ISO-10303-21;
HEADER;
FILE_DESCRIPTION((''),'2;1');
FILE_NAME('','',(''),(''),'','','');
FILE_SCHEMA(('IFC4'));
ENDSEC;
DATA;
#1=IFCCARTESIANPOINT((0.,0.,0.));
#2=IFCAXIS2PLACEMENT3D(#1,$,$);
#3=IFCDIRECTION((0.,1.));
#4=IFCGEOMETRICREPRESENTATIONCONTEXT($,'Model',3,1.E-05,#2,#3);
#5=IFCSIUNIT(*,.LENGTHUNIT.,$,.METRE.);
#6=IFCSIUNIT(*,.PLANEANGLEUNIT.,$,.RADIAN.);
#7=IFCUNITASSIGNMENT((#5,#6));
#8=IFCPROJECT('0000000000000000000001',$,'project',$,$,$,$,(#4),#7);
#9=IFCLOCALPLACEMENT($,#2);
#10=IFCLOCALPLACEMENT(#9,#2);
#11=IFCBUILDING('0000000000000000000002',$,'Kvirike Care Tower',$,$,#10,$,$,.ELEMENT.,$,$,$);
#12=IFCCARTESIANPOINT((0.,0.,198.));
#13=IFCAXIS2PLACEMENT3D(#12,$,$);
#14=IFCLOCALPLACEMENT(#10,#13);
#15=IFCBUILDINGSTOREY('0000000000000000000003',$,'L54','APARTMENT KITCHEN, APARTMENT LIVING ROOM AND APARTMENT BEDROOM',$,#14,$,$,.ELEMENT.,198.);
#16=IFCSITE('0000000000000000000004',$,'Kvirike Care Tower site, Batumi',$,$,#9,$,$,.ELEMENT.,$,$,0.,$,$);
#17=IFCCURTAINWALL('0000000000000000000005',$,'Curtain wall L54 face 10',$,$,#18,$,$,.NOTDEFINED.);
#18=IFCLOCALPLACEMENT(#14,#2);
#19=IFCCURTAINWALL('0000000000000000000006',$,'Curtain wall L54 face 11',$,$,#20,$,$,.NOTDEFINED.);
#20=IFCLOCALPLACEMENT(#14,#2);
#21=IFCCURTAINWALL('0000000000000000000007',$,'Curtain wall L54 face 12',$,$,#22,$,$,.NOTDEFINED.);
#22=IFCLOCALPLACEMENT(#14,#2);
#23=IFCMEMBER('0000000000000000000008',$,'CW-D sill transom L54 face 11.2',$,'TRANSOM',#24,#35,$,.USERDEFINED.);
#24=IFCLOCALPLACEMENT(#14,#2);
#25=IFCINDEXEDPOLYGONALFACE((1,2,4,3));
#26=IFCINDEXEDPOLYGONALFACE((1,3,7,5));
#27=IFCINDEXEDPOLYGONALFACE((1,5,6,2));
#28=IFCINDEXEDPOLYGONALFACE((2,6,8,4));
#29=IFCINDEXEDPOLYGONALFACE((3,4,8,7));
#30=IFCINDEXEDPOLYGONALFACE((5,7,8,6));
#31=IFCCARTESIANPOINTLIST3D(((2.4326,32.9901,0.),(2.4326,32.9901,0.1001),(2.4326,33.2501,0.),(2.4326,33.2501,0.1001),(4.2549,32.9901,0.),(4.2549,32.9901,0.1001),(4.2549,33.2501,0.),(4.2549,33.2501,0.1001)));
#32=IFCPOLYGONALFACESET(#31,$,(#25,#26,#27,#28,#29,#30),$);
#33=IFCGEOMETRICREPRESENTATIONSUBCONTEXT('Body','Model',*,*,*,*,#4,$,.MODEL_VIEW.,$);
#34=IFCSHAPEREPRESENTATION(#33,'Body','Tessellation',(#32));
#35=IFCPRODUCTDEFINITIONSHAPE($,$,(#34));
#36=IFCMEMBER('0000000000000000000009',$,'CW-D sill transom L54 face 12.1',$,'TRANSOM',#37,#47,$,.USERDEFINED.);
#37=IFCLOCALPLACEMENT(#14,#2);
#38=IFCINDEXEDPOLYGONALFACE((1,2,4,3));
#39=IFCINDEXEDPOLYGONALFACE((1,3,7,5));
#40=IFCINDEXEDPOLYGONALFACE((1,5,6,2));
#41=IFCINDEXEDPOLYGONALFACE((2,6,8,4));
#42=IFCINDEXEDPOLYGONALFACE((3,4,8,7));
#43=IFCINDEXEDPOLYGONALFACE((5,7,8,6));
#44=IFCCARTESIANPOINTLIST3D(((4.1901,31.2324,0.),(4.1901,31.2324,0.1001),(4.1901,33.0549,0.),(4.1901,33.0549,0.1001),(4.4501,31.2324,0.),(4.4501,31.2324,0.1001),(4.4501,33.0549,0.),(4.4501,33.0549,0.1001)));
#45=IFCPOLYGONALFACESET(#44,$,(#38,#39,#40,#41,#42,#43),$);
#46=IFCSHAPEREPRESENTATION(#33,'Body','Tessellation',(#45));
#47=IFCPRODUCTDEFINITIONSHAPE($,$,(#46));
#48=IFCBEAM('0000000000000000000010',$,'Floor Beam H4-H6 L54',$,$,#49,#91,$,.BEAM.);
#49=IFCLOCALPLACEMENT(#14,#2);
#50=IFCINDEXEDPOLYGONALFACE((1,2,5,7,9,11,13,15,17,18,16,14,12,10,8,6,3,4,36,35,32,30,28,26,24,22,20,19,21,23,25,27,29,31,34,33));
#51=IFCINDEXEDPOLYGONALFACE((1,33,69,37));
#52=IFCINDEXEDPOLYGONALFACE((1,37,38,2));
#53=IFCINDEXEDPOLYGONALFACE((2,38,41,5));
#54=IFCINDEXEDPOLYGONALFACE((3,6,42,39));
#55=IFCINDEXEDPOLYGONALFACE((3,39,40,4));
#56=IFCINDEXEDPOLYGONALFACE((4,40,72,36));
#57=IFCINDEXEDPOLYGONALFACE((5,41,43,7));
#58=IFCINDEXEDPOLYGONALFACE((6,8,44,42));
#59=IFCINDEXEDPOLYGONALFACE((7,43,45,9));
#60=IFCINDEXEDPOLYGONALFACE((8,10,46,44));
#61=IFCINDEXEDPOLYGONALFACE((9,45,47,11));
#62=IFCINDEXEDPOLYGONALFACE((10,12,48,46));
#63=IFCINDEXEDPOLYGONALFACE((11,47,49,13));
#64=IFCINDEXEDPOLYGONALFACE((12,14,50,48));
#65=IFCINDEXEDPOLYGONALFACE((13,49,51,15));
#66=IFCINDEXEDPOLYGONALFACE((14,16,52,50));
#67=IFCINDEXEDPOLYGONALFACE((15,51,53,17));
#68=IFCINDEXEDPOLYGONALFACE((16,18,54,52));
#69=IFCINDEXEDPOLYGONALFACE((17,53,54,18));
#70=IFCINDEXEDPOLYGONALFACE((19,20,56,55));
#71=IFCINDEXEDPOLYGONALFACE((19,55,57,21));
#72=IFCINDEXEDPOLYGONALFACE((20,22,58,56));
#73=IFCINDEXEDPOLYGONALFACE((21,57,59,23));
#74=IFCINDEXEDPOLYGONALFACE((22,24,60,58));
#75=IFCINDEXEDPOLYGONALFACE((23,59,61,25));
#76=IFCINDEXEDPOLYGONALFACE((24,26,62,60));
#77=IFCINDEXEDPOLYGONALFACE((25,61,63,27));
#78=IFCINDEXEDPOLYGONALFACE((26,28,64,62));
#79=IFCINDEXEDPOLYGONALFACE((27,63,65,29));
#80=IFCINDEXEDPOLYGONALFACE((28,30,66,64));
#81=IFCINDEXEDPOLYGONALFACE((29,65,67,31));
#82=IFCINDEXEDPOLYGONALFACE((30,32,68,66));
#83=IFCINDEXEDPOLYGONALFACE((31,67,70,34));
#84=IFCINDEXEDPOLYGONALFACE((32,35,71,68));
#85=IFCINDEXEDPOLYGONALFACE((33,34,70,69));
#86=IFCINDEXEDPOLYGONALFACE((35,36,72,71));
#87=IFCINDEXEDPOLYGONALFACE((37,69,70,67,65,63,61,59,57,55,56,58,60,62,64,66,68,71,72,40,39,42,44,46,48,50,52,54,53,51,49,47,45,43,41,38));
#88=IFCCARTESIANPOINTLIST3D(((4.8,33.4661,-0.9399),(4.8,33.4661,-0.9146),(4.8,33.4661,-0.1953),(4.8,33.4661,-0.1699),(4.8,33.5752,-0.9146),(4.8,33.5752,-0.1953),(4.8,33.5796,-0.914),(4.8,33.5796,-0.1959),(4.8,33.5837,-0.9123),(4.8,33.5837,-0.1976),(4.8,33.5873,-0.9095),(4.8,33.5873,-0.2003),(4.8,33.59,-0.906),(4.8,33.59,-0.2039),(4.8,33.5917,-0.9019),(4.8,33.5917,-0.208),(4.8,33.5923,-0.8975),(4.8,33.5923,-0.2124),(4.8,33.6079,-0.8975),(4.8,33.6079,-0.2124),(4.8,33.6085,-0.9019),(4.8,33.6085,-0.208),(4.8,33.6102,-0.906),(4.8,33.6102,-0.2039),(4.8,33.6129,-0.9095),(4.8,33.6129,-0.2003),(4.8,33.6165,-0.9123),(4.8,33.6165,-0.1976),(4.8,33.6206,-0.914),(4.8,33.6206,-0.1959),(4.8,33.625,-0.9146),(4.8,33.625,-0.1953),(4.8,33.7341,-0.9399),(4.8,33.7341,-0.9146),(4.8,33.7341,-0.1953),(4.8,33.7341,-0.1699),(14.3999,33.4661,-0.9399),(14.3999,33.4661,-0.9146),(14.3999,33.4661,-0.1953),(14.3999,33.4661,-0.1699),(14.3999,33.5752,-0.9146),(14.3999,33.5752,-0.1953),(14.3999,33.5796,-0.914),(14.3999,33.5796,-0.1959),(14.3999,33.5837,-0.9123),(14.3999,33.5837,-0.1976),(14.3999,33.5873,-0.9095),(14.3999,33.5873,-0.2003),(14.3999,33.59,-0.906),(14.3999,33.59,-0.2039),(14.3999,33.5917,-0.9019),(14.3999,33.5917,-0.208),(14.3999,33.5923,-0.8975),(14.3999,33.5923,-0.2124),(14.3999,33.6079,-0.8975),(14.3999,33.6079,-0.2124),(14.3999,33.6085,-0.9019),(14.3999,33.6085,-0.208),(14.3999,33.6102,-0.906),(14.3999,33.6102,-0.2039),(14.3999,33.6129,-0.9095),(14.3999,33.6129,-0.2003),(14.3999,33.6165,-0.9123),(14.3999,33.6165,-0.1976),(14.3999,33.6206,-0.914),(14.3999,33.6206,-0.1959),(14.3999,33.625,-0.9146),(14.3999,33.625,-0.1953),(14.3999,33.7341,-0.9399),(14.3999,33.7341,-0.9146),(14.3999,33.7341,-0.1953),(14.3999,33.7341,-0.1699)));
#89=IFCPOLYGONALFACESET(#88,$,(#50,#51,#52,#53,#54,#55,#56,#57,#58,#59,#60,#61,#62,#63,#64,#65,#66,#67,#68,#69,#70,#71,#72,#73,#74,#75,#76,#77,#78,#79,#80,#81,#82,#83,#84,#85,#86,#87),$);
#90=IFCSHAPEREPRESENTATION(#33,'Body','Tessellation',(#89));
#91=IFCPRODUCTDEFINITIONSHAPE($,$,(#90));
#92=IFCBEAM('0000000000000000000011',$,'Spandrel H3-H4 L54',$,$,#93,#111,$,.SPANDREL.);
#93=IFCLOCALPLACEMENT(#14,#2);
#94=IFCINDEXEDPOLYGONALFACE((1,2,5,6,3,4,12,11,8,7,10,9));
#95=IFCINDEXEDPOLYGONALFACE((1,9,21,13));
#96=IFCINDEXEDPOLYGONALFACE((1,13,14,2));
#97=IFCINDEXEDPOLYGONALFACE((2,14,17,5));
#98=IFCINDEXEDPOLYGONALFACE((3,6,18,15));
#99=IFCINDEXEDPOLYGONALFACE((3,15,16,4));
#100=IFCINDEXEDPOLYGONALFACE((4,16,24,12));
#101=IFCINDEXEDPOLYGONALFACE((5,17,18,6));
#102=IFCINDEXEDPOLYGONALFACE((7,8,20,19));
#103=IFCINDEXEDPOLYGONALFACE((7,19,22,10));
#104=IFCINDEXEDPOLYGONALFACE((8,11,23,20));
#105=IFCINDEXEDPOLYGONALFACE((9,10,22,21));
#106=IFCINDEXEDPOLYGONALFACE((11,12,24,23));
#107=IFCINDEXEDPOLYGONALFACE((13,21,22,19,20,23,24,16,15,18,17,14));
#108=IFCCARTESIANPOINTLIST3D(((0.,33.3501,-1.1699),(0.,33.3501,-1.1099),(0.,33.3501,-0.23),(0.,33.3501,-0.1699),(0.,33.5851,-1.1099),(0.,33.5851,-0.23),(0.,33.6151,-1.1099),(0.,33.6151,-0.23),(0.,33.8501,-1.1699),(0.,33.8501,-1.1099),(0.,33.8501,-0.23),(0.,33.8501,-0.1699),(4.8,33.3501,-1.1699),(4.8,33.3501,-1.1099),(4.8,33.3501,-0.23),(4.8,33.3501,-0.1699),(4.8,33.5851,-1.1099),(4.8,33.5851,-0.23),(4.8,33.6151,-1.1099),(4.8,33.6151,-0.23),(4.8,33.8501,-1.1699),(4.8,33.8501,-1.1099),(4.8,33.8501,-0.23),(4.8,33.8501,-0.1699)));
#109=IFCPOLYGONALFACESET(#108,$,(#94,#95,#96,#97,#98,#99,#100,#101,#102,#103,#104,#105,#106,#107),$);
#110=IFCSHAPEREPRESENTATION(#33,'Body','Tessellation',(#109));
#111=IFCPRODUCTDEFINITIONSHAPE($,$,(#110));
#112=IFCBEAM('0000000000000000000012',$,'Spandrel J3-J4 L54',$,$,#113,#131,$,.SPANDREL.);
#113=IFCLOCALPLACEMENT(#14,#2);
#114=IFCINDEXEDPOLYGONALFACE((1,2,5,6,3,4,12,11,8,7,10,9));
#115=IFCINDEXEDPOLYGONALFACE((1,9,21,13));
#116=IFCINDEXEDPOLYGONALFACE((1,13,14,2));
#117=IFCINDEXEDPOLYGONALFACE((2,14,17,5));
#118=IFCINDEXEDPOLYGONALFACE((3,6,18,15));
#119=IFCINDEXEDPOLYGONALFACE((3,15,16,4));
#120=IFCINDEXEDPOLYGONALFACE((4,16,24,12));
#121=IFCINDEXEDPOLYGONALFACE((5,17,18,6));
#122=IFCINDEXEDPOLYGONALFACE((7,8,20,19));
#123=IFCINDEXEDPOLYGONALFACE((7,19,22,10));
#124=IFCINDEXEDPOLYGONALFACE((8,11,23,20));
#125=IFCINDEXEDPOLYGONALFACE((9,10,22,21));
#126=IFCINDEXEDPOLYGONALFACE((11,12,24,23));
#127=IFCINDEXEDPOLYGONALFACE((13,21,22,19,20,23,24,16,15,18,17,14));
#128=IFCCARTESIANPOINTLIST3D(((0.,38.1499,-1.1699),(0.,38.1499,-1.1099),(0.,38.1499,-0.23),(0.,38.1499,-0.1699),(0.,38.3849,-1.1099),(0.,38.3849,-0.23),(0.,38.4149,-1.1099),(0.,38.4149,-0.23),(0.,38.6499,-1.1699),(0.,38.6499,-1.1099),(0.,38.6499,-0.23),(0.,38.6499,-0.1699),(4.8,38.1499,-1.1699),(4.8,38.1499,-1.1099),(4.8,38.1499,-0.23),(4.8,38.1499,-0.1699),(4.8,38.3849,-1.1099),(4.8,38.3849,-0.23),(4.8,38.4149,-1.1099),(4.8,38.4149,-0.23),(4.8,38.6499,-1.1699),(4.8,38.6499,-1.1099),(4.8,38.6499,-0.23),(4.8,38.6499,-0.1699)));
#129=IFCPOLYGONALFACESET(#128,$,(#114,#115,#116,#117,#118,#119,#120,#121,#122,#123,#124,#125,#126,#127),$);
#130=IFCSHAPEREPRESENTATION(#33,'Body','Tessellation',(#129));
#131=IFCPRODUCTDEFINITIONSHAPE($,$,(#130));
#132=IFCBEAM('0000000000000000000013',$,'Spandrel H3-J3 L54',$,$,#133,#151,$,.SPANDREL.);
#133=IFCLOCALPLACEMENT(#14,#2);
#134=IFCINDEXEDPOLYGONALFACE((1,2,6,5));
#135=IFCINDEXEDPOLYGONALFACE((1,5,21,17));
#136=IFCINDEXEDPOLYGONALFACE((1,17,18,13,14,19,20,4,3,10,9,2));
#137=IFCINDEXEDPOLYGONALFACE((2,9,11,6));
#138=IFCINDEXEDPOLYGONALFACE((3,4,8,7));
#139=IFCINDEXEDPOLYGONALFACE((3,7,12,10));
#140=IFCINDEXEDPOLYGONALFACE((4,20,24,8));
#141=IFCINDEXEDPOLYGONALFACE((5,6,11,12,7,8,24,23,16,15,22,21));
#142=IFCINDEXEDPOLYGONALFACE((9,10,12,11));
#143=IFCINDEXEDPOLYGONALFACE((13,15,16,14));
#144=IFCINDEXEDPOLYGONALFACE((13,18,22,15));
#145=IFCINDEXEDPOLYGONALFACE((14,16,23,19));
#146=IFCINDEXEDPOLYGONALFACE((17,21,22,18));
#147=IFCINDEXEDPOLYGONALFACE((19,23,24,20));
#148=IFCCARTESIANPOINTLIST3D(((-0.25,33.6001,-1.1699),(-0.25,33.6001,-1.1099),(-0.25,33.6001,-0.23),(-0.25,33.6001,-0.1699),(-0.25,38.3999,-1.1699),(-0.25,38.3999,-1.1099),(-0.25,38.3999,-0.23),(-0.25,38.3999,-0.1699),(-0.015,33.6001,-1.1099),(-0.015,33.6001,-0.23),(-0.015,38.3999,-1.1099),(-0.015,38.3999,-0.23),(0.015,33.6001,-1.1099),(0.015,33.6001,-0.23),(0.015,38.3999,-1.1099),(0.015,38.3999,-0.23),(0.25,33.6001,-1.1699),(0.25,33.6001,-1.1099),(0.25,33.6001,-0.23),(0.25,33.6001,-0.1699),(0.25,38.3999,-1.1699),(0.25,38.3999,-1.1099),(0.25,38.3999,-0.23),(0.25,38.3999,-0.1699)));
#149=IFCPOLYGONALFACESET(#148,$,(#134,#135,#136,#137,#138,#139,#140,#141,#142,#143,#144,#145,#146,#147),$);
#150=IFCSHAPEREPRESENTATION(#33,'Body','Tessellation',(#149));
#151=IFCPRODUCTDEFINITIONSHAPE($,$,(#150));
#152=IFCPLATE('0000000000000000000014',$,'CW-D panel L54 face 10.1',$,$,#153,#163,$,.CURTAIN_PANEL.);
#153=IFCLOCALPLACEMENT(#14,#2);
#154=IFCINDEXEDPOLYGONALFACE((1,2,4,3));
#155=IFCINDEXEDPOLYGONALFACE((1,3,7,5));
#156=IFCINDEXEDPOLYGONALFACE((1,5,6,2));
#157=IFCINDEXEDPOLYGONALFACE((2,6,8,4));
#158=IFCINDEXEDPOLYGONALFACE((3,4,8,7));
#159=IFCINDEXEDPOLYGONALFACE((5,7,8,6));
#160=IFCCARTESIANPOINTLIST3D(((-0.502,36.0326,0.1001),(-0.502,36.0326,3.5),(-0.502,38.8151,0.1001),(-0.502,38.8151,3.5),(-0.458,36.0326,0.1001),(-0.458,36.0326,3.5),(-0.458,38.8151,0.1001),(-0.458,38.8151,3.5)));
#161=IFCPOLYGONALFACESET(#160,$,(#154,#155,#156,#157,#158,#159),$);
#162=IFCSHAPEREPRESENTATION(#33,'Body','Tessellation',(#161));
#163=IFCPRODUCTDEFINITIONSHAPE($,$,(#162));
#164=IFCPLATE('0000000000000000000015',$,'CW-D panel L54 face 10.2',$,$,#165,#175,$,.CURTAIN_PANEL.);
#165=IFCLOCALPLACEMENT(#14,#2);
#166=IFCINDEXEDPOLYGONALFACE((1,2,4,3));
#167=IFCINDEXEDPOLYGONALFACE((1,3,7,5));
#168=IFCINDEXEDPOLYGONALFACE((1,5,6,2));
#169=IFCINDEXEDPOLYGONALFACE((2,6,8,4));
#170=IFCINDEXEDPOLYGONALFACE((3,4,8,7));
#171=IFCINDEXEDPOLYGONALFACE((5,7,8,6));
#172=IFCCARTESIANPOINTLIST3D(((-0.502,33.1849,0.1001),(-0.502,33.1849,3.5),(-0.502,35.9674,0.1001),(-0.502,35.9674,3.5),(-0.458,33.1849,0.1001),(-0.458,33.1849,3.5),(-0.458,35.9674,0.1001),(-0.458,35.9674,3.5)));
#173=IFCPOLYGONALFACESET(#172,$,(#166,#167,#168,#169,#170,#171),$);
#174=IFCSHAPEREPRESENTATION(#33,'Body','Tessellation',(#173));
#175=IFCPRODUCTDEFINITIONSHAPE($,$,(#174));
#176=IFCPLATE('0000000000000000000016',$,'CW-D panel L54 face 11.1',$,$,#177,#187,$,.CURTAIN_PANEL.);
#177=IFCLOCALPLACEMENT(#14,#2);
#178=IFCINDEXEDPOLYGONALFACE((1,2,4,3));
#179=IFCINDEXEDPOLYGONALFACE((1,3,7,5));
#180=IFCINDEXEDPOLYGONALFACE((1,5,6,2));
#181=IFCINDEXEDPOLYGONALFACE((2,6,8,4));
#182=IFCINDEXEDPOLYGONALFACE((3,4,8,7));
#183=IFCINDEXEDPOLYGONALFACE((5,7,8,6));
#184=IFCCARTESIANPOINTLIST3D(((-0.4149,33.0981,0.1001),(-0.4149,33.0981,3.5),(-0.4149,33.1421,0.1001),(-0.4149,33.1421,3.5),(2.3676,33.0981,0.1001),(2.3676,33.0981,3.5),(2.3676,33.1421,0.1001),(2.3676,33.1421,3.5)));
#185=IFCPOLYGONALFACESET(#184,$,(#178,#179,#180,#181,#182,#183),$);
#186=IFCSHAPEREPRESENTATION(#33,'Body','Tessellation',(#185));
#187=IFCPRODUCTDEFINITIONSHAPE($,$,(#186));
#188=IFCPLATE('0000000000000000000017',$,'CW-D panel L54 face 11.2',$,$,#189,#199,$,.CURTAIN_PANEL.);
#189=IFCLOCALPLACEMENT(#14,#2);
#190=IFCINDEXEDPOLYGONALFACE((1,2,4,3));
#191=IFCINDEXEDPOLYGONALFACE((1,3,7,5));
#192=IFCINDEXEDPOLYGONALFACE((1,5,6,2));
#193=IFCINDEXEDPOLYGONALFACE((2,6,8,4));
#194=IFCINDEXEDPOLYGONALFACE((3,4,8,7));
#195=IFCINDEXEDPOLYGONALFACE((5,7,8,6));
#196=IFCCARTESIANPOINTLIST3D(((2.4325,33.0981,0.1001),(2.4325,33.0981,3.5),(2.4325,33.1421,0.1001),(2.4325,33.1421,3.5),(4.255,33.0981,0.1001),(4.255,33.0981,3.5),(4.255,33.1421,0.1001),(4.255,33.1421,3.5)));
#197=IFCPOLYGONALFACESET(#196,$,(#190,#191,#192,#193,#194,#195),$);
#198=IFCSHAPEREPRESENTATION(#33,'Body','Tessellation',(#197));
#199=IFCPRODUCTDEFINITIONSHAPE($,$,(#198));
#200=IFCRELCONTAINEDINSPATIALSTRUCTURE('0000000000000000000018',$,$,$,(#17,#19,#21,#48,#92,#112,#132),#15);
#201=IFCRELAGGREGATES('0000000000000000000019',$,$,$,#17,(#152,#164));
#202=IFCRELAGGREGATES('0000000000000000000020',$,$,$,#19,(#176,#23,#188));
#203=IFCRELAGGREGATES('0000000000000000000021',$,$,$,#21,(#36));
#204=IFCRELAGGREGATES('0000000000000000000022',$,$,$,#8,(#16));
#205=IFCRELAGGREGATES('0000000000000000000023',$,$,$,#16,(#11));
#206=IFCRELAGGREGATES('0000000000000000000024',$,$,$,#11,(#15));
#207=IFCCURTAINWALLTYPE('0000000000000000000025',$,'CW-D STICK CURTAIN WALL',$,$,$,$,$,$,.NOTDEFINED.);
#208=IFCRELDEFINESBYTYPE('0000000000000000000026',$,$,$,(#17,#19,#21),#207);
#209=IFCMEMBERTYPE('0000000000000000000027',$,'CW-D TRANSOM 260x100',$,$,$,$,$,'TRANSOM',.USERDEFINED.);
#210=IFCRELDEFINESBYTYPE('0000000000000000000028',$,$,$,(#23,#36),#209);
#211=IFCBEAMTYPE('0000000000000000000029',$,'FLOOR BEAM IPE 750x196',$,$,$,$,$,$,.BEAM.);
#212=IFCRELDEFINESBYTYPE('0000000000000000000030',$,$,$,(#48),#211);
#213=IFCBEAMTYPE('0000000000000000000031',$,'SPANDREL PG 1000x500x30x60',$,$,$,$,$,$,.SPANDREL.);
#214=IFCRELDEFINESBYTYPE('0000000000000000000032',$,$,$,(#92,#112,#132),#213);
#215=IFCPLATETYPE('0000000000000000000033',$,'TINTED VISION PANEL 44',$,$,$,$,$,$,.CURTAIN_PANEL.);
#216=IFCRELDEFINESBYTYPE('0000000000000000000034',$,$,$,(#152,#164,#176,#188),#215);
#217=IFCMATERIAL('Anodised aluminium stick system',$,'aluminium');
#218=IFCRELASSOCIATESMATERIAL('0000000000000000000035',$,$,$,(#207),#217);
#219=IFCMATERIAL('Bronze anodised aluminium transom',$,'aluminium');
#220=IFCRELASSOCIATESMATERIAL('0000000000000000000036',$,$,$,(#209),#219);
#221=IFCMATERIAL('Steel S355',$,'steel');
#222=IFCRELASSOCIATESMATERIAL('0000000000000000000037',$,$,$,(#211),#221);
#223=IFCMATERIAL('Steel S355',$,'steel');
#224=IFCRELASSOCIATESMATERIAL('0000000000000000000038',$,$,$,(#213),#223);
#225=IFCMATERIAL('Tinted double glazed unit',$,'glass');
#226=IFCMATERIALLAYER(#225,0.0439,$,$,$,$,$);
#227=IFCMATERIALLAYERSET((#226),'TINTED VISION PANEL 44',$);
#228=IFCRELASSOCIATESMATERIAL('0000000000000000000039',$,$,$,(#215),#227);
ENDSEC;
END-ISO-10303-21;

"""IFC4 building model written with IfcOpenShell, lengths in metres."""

from ifc_helpers import new_model, si_unit, direction, frame, origin, origin_2d, place, context, subcontext, project, spatial, rectangle, i_section, extrude, material, layer, layer_set, material_profile, profile_set, type_object, element, aggregate, save


model = new_model("IFC4")

# Units and contexts
model_context = context("Model", 3, precision=1e-05, world=origin(), true_north=direction((0.0, 1.0)))
body_context = subcontext(model_context, "Body", "Model", "MODEL_VIEW")
ifc_project = project(units=[si_unit("LENGTHUNIT", "METRE"), si_unit("PLANEANGLEUNIT", "RADIAN")], contexts=[model_context])

# Site, building, storey
site_placement = place(None, origin())
site = spatial("IfcSite", under=ifc_project, at=site_placement, Name="Kvirike Care Tower site, Batumi", CompositionType="ELEMENT", RefElevation=0.0)
building_placement = place(site_placement, origin())
building = spatial("IfcBuilding", under=site, at=building_placement, Name="Kvirike Care Tower", CompositionType="ELEMENT")
storey_placement = place(building_placement, frame((0.0, 0.0, 198.0)))
storey = spatial("IfcBuildingStorey", under=building, at=storey_placement, Name="L54", Description="APARTMENT KITCHEN, APARTMENT LIVING ROOM AND APARTMENT BEDROOM", CompositionType="ELEMENT", Elevation=198.0)

# Curtain walls
ifc_material_1 = material(Name="Anodised aluminium stick system", Category="aluminium")
curtain_wall_type = type_object("IfcCurtainWallType", Name="CW-D STICK CURTAIN WALL", PredefinedType="NOTDEFINED", material=ifc_material_1)
curtain_wall_1_placement = place(storey_placement, origin())
curtain_wall_1 = element("IfcCurtainWall", 1, at=curtain_wall_1_placement, inside=storey, type_object=curtain_wall_type, Name="Curtain wall L54 face 10", PredefinedType="NOTDEFINED")
curtain_wall_2_placement = place(storey_placement, origin())
curtain_wall_2 = element("IfcCurtainWall", 2, at=curtain_wall_2_placement, inside=storey, type_object=curtain_wall_type, Name="Curtain wall L54 face 11", PredefinedType="NOTDEFINED")

# Curtain wall
curtain_wall_3_placement = place(storey_placement, origin())
curtain_wall_3 = element("IfcCurtainWall", 3, at=curtain_wall_3_placement, inside=storey, type_object=curtain_wall_type, Name="Curtain wall L54 face 12", PredefinedType="NOTDEFINED")

# Members
ifc_material_2 = material(Name="Bronze anodised aluminium transom", Category="aluminium")
ifc_material_profile_1 = material_profile(ifc_material_2, rectangle(XDim=0.26, YDim=0.1001, at=origin_2d()), Name="CW-D TRANSOM 260x100")
ifc_profile_set_1 = profile_set([ifc_material_profile_1], Name="Bronze anodised aluminium transom")
member_type_1 = type_object("IfcMemberType", Name="CW-D TRANSOM 260x100", ElementType="TRANSOM", PredefinedType="USERDEFINED", material=ifc_profile_set_1)
member_1_placement = place(storey_placement, frame((2.4326, 33.1201, 0.05), z_axis=(1.0, 0.0, 0.0), x_axis=(0.0, 1.0, 0.0)))
member_1 = element("IfcMember", 4, at=member_1_placement, type_object=member_type_1, Name="CW-D sill transom L54 face 11.2", ObjectType="TRANSOM", PredefinedType="USERDEFINED", context=body_context, shape_type="SweptSolid", body=[
    extrude(rectangle(XDim=0.26, YDim=0.1001, at=origin_2d()), origin(), (0.0, 0.0, 1.0), 1.8223),
])
member_2_placement = place(storey_placement, frame((4.3201, 33.0549, 0.05), z_axis=(0.0, -1.0, 0.0), x_axis=(1.0, 0.0, 0.0)))
member_2 = element("IfcMember", 5, at=member_2_placement, type_object=member_type_1, Name="CW-D sill transom L54 face 12.1", ObjectType="TRANSOM", PredefinedType="USERDEFINED", context=body_context, shape_type="SweptSolid", body=[
    extrude(rectangle(XDim=0.26, YDim=0.1001, at=origin_2d()), origin(), (0.0, 0.0, 1.0), 1.8225),
])

# Beams
ifc_material_3 = material(Name="Steel S355", Category="steel")
ifc_material_profile_2 = material_profile(ifc_material_3, i_section(OverallWidth=0.2681, OverallDepth=0.77, WebThickness=0.0156, FlangeThickness=0.0254, FilletRadius=0.0171, at=origin_2d()), Name="IPE 750x196")
ifc_profile_set_2 = profile_set([ifc_material_profile_2], Name="Steel S355")
beam_type_1 = type_object("IfcBeamType", Name="FLOOR BEAM IPE 750x196", PredefinedType="BEAM", material=ifc_profile_set_2)
beam_1_placement = place(storey_placement, frame((4.8, 33.6001, -0.5549), z_axis=(1.0, 0.0, 0.0), x_axis=(0.0, 1.0, 0.0)))
element("IfcBeam", 6, at=beam_1_placement, inside=storey, type_object=beam_type_1, Name="Floor Beam H4-H6 L54", PredefinedType="BEAM", context=body_context, shape_type="SweptSolid", body=[
    extrude(i_section(OverallWidth=0.2681, OverallDepth=0.77, WebThickness=0.0156, FlangeThickness=0.0254, FilletRadius=0.0171, at=origin_2d()), origin(), (0.0, 0.0, 1.0), 9.5999),
])
ifc_material_4 = material(Name="Steel S355", Category="steel")
ifc_material_profile_3 = material_profile(ifc_material_4, i_section(OverallWidth=0.5, OverallDepth=1.0, WebThickness=0.03, FlangeThickness=0.0601, at=origin_2d()), Name="PG 1000x500x30x60")
ifc_profile_set_3 = profile_set([ifc_material_profile_3], Name="Steel S355")
beam_type_2 = type_object("IfcBeamType", Name="SPANDREL PG 1000x500x30x60", PredefinedType="SPANDREL", material=ifc_profile_set_3)
for number, where, z_axis, x_axis, name in (
    (7, (0.0, 33.6001, -0.6699), (1.0, 0.0, 0.0), (0.0, 1.0, 0.0), "Spandrel H3-H4 L54"),
    (8, (0.0, 38.3999, -0.6699), (1.0, 0.0, 0.0), (0.0, 1.0, 0.0), "Spandrel J3-J4 L54"),
):
    element("IfcBeam", number, at=place(storey_placement, frame(where, z_axis=z_axis, x_axis=x_axis)), inside=storey, type_object=beam_type_2, Name=name, PredefinedType="SPANDREL", context=body_context, shape_type="SweptSolid", body=[
        extrude(i_section(OverallWidth=0.5, OverallDepth=1.0, WebThickness=0.03, FlangeThickness=0.0601, at=origin_2d()), origin(), (0.0, 0.0, 1.0), 4.8),
    ])
beam_2_placement = place(storey_placement, frame((0.0, 33.6001, -0.6699), z_axis=(0.0, 1.0, 0.0), x_axis=(-1.0, 0.0, 0.0)))
element("IfcBeam", 9, at=beam_2_placement, inside=storey, type_object=beam_type_2, Name="Spandrel H3-J3 L54", PredefinedType="SPANDREL", context=body_context, shape_type="SweptSolid", body=[
    extrude(i_section(OverallWidth=0.5, OverallDepth=1.0, WebThickness=0.03, FlangeThickness=0.0601, at=origin_2d()), origin(), (0.0, 0.0, 1.0), 4.7998),
])

# Plates
ifc_material_5 = material(Name="Tinted double glazed unit", Category="glass")
ifc_layer_1 = layer(ifc_material_5, 0.0439)
ifc_layer_set_1 = layer_set([ifc_layer_1], Name="TINTED VISION PANEL 44")
plate_type = type_object("IfcPlateType", Name="TINTED VISION PANEL 44", PredefinedType="CURTAIN_PANEL", material=ifc_layer_set_1)
plate_1_placement = place(storey_placement, frame((-0.48, 37.4238, 0.1001), z_axis=(0.0, 0.0, 1.0), x_axis=(0.0, -1.0, 0.0)))
plate_1 = element("IfcPlate", 10, at=plate_1_placement, type_object=plate_type, Name="CW-D panel L54 face 10.1", PredefinedType="CURTAIN_PANEL", context=body_context, shape_type="SweptSolid", body=[
    extrude(rectangle(XDim=2.7825, YDim=0.0439, at=origin_2d()), origin(), (0.0, 0.0, 1.0), 3.3999),
])
plate_2_placement = place(storey_placement, frame((-0.48, 34.5762, 0.1001), z_axis=(0.0, 0.0, 1.0), x_axis=(0.0, -1.0, 0.0)))
plate_2 = element("IfcPlate", 11, at=plate_2_placement, type_object=plate_type, Name="CW-D panel L54 face 10.2", PredefinedType="CURTAIN_PANEL", context=body_context, shape_type="SweptSolid", body=[
    extrude(rectangle(XDim=2.7825, YDim=0.0439, at=origin_2d()), origin(), (0.0, 0.0, 1.0), 3.3999),
])
aggregate(curtain_wall_1, [plate_1, plate_2])
plate_3_placement = place(storey_placement, frame((0.9763, 33.1201, 0.1001), z_axis=(0.0, 0.0, 1.0), x_axis=(1.0, 0.0, 0.0)))
plate_3 = element("IfcPlate", 12, at=plate_3_placement, type_object=plate_type, Name="CW-D panel L54 face 11.1", PredefinedType="CURTAIN_PANEL", context=body_context, shape_type="SweptSolid", body=[
    extrude(rectangle(XDim=2.7825, YDim=0.0439, at=origin_2d()), origin(), (0.0, 0.0, 1.0), 3.3999),
])
plate_4_placement = place(storey_placement, frame((3.3438, 33.1201, 0.1001), z_axis=(0.0, 0.0, 1.0), x_axis=(1.0, 0.0, 0.0)))
plate_4 = element("IfcPlate", 13, at=plate_4_placement, type_object=plate_type, Name="CW-D panel L54 face 11.2", PredefinedType="CURTAIN_PANEL", context=body_context, shape_type="SweptSolid", body=[
    extrude(rectangle(XDim=1.8225, YDim=0.0439, at=origin_2d()), origin(), (0.0, 0.0, 1.0), 3.3999),
])
aggregate(curtain_wall_2, [plate_3, member_1, plate_4])
aggregate(curtain_wall_3, [member_2])

save(model, "model.ifc")
